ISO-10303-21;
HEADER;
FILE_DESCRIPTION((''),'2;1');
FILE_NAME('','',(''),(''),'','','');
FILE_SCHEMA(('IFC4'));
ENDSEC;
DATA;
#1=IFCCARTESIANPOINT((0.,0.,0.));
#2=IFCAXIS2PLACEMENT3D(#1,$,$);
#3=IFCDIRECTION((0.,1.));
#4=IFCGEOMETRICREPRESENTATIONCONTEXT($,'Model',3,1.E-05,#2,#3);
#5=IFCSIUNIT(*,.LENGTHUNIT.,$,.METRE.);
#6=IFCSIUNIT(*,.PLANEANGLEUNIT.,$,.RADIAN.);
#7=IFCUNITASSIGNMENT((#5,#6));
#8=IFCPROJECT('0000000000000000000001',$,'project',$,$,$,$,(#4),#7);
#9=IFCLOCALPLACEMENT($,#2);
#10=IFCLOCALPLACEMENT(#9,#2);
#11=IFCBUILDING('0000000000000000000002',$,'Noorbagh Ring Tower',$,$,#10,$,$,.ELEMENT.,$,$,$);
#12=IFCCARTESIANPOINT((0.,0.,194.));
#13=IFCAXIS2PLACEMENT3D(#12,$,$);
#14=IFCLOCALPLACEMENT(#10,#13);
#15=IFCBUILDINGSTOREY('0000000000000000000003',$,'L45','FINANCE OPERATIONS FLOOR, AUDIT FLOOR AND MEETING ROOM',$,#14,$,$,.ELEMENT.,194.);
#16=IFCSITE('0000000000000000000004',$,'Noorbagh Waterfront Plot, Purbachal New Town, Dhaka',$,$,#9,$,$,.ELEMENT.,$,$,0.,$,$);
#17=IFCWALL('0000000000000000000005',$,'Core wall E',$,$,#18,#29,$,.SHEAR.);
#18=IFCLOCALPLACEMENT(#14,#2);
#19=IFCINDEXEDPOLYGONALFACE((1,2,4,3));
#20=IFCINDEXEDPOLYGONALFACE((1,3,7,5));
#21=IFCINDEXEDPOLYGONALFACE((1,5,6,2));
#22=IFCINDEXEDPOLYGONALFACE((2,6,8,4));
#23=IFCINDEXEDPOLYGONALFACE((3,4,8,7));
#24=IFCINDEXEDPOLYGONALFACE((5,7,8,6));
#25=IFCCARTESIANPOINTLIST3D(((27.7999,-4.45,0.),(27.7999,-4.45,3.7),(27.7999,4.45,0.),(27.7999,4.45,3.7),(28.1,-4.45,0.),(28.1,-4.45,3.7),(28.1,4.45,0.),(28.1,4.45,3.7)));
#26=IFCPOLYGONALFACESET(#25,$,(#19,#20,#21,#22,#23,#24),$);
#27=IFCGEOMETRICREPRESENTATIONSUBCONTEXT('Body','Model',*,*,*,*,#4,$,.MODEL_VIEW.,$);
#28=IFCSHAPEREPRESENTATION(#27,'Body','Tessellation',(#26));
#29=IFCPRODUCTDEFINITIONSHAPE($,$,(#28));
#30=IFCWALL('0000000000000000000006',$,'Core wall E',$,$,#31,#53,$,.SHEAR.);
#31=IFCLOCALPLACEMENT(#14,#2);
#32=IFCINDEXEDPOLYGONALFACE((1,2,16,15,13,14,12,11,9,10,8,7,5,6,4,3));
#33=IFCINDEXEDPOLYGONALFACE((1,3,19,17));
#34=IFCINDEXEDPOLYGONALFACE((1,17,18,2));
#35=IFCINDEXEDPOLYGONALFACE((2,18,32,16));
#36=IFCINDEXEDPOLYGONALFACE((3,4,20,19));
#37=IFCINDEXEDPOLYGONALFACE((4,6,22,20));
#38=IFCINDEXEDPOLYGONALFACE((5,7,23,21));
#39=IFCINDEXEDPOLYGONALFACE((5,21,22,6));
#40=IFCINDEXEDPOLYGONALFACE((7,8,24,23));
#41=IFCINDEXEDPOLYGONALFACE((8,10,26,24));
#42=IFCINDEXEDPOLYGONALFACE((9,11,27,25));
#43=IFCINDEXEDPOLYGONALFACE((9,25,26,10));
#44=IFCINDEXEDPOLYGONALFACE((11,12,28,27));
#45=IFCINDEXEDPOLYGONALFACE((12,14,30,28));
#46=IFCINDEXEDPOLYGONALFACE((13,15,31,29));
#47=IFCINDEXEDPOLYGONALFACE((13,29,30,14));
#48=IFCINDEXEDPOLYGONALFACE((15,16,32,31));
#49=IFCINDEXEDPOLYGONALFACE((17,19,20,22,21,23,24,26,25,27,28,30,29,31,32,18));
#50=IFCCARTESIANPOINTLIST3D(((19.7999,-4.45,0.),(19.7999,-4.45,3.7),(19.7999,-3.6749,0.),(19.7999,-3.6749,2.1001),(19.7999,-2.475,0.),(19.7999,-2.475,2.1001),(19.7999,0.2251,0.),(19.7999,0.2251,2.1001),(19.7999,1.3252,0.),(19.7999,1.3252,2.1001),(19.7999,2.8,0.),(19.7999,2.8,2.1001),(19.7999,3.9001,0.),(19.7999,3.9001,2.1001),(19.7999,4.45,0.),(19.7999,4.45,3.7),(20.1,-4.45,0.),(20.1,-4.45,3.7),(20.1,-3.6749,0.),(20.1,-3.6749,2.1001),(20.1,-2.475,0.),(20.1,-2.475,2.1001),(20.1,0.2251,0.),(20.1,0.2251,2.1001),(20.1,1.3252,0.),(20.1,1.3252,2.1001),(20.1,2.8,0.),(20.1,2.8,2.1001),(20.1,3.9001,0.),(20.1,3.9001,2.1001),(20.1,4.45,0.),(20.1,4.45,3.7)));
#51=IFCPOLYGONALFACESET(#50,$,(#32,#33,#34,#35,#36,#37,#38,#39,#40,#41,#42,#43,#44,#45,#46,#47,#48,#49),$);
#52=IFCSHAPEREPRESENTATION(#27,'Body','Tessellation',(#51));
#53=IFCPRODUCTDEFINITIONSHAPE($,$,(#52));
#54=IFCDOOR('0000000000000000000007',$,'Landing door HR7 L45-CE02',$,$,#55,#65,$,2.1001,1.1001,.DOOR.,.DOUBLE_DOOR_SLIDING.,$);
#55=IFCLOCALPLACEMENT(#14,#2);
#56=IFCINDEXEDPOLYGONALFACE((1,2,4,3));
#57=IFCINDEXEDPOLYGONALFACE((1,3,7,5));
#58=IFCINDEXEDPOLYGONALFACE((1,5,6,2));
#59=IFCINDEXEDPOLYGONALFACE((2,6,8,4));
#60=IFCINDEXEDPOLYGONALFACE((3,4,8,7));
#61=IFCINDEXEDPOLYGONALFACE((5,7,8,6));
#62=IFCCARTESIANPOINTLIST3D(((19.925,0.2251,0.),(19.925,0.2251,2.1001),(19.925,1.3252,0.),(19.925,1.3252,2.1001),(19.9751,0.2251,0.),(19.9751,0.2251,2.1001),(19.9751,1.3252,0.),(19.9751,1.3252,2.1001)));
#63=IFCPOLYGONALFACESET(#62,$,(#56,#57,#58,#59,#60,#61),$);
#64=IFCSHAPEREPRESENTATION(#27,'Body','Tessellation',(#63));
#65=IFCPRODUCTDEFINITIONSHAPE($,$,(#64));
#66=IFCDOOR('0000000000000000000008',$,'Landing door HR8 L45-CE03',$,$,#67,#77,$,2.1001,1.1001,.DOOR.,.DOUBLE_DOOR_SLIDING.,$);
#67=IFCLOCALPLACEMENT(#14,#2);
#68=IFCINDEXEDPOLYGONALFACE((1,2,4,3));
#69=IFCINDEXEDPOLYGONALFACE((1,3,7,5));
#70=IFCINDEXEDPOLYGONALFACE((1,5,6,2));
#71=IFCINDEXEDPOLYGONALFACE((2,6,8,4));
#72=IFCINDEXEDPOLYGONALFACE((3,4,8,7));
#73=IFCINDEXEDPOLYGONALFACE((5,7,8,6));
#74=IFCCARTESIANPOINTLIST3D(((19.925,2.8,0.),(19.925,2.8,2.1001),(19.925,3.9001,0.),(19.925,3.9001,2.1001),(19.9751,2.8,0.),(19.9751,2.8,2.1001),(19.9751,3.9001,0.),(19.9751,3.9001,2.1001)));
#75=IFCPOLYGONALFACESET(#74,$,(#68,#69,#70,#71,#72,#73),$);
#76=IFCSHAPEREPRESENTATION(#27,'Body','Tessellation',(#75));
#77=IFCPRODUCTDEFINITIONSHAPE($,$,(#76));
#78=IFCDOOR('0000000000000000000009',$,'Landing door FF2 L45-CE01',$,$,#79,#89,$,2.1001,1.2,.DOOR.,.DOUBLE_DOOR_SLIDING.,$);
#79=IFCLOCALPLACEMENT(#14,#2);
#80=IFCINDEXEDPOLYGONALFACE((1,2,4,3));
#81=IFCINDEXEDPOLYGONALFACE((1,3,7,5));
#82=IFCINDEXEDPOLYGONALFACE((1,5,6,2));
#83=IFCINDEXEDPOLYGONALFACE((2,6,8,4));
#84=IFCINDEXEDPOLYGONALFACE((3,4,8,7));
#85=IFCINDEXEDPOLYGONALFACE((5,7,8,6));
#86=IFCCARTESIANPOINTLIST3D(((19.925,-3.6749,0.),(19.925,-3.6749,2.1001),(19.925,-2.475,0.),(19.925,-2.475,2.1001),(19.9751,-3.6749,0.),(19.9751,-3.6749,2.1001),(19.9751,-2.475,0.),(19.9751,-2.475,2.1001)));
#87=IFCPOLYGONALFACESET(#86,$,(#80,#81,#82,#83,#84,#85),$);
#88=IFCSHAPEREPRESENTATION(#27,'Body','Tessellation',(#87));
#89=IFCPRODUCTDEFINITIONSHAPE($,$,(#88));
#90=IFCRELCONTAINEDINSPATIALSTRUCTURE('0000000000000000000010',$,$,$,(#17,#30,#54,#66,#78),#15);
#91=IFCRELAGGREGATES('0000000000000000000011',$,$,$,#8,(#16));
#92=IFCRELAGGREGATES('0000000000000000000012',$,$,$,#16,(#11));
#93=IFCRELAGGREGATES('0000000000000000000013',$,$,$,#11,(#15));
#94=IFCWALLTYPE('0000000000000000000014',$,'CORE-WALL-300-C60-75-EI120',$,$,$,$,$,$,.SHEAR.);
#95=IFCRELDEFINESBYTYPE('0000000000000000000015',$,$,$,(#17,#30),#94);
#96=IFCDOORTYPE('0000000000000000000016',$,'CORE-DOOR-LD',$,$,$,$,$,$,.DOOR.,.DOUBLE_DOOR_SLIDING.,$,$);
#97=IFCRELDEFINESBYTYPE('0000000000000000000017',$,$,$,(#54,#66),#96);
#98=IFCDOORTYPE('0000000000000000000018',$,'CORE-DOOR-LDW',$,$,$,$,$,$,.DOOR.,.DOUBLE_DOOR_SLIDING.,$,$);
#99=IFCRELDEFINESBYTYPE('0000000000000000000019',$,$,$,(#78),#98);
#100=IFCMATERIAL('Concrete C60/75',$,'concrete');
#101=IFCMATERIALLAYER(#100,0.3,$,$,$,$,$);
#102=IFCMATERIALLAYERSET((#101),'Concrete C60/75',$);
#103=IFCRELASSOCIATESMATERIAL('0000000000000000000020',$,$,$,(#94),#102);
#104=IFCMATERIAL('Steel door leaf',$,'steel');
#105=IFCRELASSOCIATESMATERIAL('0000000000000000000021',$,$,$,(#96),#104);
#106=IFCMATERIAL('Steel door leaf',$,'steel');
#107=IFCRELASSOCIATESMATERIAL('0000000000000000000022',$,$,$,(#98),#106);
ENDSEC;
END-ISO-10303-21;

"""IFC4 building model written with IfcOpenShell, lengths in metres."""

from ifc_helpers import new_model, si_unit, direction, frame, frame_2d, origin, place, context, subcontext, project, spatial, rectangle, extrude, material, layer, layer_set, type_object, element, fill, save


model = new_model("IFC4")

# Units and contexts
model_context = context("Model", 3, precision=1e-05, world=origin(), true_north=direction((0.0, 1.0)))
body_context = subcontext(model_context, "Body", "Model", "MODEL_VIEW")
ifc_project = project(units=[si_unit("LENGTHUNIT", "METRE"), si_unit("PLANEANGLEUNIT", "RADIAN")], contexts=[model_context])

# Site, building, storey
site_placement = place(None, origin())
site = spatial("IfcSite", under=ifc_project, at=site_placement, Name="Noorbagh Waterfront Plot, Purbachal New Town, Dhaka", CompositionType="ELEMENT", RefElevation=0.0)
building_placement = place(site_placement, origin())
building = spatial("IfcBuilding", under=site, at=building_placement, Name="Noorbagh Ring Tower", CompositionType="ELEMENT")
storey_placement = place(building_placement, frame((0.0, 0.0, 194.0)))
storey = spatial("IfcBuildingStorey", under=building, at=storey_placement, Name="L45", Description="FINANCE OPERATIONS FLOOR, AUDIT FLOOR AND MEETING ROOM", CompositionType="ELEMENT", Elevation=194.0)

# Wall
ifc_material_1 = material(Name="Concrete C60/75", Category="concrete")
ifc_layer_1 = layer(ifc_material_1, 0.3)
ifc_layer_set_1 = layer_set([ifc_layer_1], Name="Concrete C60/75")
wall_type_1 = type_object("IfcWallType", Name="CORE-WALL-300-C60-75-EI120", PredefinedType="SHEAR", material=ifc_layer_set_1)
wall_1_placement = place(storey_placement, frame((27.95, -4.45, 0.0), z_axis=(0.0, 0.0, 1.0), x_axis=(0.0, 1.0, 0.0)))
element("IfcWall", 1, at=wall_1_placement, inside=storey, type_object=wall_type_1, Name="Core wall E", PredefinedType="SHEAR", context=body_context, shape_type="SweptSolid", body=[
    extrude(rectangle(XDim=8.8999, YDim=0.3, at=frame_2d((4.45, 0.0))), origin(), (0.0, 0.0, 1.0), 3.7),
])

# Wall, openings, doors
wall_2_placement = place(storey_placement, frame((19.95, -4.45, 0.0), z_axis=(0.0, 0.0, 1.0), x_axis=(0.0, 1.0, 0.0)))
wall_2 = element("IfcWall", 2, at=wall_2_placement, inside=storey, type_object=wall_type_1, Name="Core wall E", PredefinedType="SHEAR", context=body_context, shape_type="SweptSolid", body=[
    extrude(rectangle(XDim=8.8999, YDim=0.3, at=frame_2d((4.45, 0.0))), origin(), (0.0, 0.0, 1.0), 3.7),
])
opening_1_placement = place(wall_2_placement, frame((0.7749, 0.0, 0.0)))
opening_1 = element("IfcOpeningElement", 3, at=opening_1_placement, cuts=wall_2, PredefinedType="OPENING", context=body_context, shape_type="SweptSolid", body=[
    extrude(rectangle(XDim=1.2, YDim=2.1001, at=frame_2d((0.6001, 1.05))), frame((0.0, 0.1602, 0.0), z_axis=(0.0, -1.0, 0.0), x_axis=(1.0, 0.0, 0.0)), (0.0, 0.0, 1.0), 0.3201),
])
opening_2_placement = place(wall_2_placement, frame((4.675, 0.0, 0.0)))
opening_2 = element("IfcOpeningElement", 4, at=opening_2_placement, cuts=wall_2, PredefinedType="OPENING", context=body_context, shape_type="SweptSolid", body=[
    extrude(rectangle(XDim=1.1001, YDim=2.1001, at=frame_2d((0.55, 1.05))), frame((0.0, 0.1602, 0.0), z_axis=(0.0, -1.0, 0.0), x_axis=(1.0, 0.0, 0.0)), (0.0, 0.0, 1.0), 0.3201),
])
opening_3_placement = place(wall_2_placement, frame((7.25, 0.0, 0.0)))
opening_3 = element("IfcOpeningElement", 5, at=opening_3_placement, cuts=wall_2, PredefinedType="OPENING", context=body_context, shape_type="SweptSolid", body=[
    extrude(rectangle(XDim=1.1001, YDim=2.1001, at=frame_2d((0.55, 1.05))), frame((0.0, 0.1602, 0.0), z_axis=(0.0, -1.0, 0.0), x_axis=(1.0, 0.0, 0.0)), (0.0, 0.0, 1.0), 0.3201),
])
ifc_material_2 = material(Name="Steel door leaf", Category="steel")
door_type_1 = type_object("IfcDoorType", Name="CORE-DOOR-LD", OperationType="DOUBLE_DOOR_SLIDING", PredefinedType="DOOR", material=ifc_material_2)
door_1_placement = place(opening_2_placement, origin())
door_1 = element("IfcDoor", 6, at=door_1_placement, inside=storey, type_object=door_type_1, Name="Landing door HR7 L45-CE02", OperationType="DOUBLE_DOOR_SLIDING", OverallHeight=2.1001, OverallWidth=1.1001, PredefinedType="DOOR", context=body_context, shape_type="SweptSolid", body=[
    extrude(rectangle(XDim=1.1001, YDim=2.1001, at=frame_2d((0.55, 1.05))), frame((0.0, 0.0249, 0.0), z_axis=(0.0, -1.0, 0.0), x_axis=(1.0, 0.0, 0.0)), (0.0, 0.0, 1.0), 0.05),
])
fill(opening_2, door_1)
door_2_placement = place(opening_3_placement, origin())
door_2 = element("IfcDoor", 7, at=door_2_placement, inside=storey, type_object=door_type_1, Name="Landing door HR8 L45-CE03", OperationType="DOUBLE_DOOR_SLIDING", OverallHeight=2.1001, OverallWidth=1.1001, PredefinedType="DOOR", context=body_context, shape_type="SweptSolid", body=[
    extrude(rectangle(XDim=1.1001, YDim=2.1001, at=frame_2d((0.55, 1.05))), frame((0.0, 0.0249, 0.0), z_axis=(0.0, -1.0, 0.0), x_axis=(1.0, 0.0, 0.0)), (0.0, 0.0, 1.0), 0.05),
])
fill(opening_3, door_2)
ifc_material_3 = material(Name="Steel door leaf", Category="steel")
door_type_2 = type_object("IfcDoorType", Name="CORE-DOOR-LDW", OperationType="DOUBLE_DOOR_SLIDING", PredefinedType="DOOR", material=ifc_material_3)
door_3_placement = place(opening_1_placement, origin())
door_3 = element("IfcDoor", 8, at=door_3_placement, inside=storey, type_object=door_type_2, Name="Landing door FF2 L45-CE01", OperationType="DOUBLE_DOOR_SLIDING", OverallHeight=2.1001, OverallWidth=1.2, PredefinedType="DOOR", context=body_context, shape_type="SweptSolid", body=[
    extrude(rectangle(XDim=1.2, YDim=2.1001, at=frame_2d((0.6001, 1.05))), frame((0.0, 0.0249, 0.0), z_axis=(0.0, -1.0, 0.0), x_axis=(1.0, 0.0, 0.0)), (0.0, 0.0, 1.0), 0.05),
])
fill(opening_1, door_3)

save(model, "model.ifc")
